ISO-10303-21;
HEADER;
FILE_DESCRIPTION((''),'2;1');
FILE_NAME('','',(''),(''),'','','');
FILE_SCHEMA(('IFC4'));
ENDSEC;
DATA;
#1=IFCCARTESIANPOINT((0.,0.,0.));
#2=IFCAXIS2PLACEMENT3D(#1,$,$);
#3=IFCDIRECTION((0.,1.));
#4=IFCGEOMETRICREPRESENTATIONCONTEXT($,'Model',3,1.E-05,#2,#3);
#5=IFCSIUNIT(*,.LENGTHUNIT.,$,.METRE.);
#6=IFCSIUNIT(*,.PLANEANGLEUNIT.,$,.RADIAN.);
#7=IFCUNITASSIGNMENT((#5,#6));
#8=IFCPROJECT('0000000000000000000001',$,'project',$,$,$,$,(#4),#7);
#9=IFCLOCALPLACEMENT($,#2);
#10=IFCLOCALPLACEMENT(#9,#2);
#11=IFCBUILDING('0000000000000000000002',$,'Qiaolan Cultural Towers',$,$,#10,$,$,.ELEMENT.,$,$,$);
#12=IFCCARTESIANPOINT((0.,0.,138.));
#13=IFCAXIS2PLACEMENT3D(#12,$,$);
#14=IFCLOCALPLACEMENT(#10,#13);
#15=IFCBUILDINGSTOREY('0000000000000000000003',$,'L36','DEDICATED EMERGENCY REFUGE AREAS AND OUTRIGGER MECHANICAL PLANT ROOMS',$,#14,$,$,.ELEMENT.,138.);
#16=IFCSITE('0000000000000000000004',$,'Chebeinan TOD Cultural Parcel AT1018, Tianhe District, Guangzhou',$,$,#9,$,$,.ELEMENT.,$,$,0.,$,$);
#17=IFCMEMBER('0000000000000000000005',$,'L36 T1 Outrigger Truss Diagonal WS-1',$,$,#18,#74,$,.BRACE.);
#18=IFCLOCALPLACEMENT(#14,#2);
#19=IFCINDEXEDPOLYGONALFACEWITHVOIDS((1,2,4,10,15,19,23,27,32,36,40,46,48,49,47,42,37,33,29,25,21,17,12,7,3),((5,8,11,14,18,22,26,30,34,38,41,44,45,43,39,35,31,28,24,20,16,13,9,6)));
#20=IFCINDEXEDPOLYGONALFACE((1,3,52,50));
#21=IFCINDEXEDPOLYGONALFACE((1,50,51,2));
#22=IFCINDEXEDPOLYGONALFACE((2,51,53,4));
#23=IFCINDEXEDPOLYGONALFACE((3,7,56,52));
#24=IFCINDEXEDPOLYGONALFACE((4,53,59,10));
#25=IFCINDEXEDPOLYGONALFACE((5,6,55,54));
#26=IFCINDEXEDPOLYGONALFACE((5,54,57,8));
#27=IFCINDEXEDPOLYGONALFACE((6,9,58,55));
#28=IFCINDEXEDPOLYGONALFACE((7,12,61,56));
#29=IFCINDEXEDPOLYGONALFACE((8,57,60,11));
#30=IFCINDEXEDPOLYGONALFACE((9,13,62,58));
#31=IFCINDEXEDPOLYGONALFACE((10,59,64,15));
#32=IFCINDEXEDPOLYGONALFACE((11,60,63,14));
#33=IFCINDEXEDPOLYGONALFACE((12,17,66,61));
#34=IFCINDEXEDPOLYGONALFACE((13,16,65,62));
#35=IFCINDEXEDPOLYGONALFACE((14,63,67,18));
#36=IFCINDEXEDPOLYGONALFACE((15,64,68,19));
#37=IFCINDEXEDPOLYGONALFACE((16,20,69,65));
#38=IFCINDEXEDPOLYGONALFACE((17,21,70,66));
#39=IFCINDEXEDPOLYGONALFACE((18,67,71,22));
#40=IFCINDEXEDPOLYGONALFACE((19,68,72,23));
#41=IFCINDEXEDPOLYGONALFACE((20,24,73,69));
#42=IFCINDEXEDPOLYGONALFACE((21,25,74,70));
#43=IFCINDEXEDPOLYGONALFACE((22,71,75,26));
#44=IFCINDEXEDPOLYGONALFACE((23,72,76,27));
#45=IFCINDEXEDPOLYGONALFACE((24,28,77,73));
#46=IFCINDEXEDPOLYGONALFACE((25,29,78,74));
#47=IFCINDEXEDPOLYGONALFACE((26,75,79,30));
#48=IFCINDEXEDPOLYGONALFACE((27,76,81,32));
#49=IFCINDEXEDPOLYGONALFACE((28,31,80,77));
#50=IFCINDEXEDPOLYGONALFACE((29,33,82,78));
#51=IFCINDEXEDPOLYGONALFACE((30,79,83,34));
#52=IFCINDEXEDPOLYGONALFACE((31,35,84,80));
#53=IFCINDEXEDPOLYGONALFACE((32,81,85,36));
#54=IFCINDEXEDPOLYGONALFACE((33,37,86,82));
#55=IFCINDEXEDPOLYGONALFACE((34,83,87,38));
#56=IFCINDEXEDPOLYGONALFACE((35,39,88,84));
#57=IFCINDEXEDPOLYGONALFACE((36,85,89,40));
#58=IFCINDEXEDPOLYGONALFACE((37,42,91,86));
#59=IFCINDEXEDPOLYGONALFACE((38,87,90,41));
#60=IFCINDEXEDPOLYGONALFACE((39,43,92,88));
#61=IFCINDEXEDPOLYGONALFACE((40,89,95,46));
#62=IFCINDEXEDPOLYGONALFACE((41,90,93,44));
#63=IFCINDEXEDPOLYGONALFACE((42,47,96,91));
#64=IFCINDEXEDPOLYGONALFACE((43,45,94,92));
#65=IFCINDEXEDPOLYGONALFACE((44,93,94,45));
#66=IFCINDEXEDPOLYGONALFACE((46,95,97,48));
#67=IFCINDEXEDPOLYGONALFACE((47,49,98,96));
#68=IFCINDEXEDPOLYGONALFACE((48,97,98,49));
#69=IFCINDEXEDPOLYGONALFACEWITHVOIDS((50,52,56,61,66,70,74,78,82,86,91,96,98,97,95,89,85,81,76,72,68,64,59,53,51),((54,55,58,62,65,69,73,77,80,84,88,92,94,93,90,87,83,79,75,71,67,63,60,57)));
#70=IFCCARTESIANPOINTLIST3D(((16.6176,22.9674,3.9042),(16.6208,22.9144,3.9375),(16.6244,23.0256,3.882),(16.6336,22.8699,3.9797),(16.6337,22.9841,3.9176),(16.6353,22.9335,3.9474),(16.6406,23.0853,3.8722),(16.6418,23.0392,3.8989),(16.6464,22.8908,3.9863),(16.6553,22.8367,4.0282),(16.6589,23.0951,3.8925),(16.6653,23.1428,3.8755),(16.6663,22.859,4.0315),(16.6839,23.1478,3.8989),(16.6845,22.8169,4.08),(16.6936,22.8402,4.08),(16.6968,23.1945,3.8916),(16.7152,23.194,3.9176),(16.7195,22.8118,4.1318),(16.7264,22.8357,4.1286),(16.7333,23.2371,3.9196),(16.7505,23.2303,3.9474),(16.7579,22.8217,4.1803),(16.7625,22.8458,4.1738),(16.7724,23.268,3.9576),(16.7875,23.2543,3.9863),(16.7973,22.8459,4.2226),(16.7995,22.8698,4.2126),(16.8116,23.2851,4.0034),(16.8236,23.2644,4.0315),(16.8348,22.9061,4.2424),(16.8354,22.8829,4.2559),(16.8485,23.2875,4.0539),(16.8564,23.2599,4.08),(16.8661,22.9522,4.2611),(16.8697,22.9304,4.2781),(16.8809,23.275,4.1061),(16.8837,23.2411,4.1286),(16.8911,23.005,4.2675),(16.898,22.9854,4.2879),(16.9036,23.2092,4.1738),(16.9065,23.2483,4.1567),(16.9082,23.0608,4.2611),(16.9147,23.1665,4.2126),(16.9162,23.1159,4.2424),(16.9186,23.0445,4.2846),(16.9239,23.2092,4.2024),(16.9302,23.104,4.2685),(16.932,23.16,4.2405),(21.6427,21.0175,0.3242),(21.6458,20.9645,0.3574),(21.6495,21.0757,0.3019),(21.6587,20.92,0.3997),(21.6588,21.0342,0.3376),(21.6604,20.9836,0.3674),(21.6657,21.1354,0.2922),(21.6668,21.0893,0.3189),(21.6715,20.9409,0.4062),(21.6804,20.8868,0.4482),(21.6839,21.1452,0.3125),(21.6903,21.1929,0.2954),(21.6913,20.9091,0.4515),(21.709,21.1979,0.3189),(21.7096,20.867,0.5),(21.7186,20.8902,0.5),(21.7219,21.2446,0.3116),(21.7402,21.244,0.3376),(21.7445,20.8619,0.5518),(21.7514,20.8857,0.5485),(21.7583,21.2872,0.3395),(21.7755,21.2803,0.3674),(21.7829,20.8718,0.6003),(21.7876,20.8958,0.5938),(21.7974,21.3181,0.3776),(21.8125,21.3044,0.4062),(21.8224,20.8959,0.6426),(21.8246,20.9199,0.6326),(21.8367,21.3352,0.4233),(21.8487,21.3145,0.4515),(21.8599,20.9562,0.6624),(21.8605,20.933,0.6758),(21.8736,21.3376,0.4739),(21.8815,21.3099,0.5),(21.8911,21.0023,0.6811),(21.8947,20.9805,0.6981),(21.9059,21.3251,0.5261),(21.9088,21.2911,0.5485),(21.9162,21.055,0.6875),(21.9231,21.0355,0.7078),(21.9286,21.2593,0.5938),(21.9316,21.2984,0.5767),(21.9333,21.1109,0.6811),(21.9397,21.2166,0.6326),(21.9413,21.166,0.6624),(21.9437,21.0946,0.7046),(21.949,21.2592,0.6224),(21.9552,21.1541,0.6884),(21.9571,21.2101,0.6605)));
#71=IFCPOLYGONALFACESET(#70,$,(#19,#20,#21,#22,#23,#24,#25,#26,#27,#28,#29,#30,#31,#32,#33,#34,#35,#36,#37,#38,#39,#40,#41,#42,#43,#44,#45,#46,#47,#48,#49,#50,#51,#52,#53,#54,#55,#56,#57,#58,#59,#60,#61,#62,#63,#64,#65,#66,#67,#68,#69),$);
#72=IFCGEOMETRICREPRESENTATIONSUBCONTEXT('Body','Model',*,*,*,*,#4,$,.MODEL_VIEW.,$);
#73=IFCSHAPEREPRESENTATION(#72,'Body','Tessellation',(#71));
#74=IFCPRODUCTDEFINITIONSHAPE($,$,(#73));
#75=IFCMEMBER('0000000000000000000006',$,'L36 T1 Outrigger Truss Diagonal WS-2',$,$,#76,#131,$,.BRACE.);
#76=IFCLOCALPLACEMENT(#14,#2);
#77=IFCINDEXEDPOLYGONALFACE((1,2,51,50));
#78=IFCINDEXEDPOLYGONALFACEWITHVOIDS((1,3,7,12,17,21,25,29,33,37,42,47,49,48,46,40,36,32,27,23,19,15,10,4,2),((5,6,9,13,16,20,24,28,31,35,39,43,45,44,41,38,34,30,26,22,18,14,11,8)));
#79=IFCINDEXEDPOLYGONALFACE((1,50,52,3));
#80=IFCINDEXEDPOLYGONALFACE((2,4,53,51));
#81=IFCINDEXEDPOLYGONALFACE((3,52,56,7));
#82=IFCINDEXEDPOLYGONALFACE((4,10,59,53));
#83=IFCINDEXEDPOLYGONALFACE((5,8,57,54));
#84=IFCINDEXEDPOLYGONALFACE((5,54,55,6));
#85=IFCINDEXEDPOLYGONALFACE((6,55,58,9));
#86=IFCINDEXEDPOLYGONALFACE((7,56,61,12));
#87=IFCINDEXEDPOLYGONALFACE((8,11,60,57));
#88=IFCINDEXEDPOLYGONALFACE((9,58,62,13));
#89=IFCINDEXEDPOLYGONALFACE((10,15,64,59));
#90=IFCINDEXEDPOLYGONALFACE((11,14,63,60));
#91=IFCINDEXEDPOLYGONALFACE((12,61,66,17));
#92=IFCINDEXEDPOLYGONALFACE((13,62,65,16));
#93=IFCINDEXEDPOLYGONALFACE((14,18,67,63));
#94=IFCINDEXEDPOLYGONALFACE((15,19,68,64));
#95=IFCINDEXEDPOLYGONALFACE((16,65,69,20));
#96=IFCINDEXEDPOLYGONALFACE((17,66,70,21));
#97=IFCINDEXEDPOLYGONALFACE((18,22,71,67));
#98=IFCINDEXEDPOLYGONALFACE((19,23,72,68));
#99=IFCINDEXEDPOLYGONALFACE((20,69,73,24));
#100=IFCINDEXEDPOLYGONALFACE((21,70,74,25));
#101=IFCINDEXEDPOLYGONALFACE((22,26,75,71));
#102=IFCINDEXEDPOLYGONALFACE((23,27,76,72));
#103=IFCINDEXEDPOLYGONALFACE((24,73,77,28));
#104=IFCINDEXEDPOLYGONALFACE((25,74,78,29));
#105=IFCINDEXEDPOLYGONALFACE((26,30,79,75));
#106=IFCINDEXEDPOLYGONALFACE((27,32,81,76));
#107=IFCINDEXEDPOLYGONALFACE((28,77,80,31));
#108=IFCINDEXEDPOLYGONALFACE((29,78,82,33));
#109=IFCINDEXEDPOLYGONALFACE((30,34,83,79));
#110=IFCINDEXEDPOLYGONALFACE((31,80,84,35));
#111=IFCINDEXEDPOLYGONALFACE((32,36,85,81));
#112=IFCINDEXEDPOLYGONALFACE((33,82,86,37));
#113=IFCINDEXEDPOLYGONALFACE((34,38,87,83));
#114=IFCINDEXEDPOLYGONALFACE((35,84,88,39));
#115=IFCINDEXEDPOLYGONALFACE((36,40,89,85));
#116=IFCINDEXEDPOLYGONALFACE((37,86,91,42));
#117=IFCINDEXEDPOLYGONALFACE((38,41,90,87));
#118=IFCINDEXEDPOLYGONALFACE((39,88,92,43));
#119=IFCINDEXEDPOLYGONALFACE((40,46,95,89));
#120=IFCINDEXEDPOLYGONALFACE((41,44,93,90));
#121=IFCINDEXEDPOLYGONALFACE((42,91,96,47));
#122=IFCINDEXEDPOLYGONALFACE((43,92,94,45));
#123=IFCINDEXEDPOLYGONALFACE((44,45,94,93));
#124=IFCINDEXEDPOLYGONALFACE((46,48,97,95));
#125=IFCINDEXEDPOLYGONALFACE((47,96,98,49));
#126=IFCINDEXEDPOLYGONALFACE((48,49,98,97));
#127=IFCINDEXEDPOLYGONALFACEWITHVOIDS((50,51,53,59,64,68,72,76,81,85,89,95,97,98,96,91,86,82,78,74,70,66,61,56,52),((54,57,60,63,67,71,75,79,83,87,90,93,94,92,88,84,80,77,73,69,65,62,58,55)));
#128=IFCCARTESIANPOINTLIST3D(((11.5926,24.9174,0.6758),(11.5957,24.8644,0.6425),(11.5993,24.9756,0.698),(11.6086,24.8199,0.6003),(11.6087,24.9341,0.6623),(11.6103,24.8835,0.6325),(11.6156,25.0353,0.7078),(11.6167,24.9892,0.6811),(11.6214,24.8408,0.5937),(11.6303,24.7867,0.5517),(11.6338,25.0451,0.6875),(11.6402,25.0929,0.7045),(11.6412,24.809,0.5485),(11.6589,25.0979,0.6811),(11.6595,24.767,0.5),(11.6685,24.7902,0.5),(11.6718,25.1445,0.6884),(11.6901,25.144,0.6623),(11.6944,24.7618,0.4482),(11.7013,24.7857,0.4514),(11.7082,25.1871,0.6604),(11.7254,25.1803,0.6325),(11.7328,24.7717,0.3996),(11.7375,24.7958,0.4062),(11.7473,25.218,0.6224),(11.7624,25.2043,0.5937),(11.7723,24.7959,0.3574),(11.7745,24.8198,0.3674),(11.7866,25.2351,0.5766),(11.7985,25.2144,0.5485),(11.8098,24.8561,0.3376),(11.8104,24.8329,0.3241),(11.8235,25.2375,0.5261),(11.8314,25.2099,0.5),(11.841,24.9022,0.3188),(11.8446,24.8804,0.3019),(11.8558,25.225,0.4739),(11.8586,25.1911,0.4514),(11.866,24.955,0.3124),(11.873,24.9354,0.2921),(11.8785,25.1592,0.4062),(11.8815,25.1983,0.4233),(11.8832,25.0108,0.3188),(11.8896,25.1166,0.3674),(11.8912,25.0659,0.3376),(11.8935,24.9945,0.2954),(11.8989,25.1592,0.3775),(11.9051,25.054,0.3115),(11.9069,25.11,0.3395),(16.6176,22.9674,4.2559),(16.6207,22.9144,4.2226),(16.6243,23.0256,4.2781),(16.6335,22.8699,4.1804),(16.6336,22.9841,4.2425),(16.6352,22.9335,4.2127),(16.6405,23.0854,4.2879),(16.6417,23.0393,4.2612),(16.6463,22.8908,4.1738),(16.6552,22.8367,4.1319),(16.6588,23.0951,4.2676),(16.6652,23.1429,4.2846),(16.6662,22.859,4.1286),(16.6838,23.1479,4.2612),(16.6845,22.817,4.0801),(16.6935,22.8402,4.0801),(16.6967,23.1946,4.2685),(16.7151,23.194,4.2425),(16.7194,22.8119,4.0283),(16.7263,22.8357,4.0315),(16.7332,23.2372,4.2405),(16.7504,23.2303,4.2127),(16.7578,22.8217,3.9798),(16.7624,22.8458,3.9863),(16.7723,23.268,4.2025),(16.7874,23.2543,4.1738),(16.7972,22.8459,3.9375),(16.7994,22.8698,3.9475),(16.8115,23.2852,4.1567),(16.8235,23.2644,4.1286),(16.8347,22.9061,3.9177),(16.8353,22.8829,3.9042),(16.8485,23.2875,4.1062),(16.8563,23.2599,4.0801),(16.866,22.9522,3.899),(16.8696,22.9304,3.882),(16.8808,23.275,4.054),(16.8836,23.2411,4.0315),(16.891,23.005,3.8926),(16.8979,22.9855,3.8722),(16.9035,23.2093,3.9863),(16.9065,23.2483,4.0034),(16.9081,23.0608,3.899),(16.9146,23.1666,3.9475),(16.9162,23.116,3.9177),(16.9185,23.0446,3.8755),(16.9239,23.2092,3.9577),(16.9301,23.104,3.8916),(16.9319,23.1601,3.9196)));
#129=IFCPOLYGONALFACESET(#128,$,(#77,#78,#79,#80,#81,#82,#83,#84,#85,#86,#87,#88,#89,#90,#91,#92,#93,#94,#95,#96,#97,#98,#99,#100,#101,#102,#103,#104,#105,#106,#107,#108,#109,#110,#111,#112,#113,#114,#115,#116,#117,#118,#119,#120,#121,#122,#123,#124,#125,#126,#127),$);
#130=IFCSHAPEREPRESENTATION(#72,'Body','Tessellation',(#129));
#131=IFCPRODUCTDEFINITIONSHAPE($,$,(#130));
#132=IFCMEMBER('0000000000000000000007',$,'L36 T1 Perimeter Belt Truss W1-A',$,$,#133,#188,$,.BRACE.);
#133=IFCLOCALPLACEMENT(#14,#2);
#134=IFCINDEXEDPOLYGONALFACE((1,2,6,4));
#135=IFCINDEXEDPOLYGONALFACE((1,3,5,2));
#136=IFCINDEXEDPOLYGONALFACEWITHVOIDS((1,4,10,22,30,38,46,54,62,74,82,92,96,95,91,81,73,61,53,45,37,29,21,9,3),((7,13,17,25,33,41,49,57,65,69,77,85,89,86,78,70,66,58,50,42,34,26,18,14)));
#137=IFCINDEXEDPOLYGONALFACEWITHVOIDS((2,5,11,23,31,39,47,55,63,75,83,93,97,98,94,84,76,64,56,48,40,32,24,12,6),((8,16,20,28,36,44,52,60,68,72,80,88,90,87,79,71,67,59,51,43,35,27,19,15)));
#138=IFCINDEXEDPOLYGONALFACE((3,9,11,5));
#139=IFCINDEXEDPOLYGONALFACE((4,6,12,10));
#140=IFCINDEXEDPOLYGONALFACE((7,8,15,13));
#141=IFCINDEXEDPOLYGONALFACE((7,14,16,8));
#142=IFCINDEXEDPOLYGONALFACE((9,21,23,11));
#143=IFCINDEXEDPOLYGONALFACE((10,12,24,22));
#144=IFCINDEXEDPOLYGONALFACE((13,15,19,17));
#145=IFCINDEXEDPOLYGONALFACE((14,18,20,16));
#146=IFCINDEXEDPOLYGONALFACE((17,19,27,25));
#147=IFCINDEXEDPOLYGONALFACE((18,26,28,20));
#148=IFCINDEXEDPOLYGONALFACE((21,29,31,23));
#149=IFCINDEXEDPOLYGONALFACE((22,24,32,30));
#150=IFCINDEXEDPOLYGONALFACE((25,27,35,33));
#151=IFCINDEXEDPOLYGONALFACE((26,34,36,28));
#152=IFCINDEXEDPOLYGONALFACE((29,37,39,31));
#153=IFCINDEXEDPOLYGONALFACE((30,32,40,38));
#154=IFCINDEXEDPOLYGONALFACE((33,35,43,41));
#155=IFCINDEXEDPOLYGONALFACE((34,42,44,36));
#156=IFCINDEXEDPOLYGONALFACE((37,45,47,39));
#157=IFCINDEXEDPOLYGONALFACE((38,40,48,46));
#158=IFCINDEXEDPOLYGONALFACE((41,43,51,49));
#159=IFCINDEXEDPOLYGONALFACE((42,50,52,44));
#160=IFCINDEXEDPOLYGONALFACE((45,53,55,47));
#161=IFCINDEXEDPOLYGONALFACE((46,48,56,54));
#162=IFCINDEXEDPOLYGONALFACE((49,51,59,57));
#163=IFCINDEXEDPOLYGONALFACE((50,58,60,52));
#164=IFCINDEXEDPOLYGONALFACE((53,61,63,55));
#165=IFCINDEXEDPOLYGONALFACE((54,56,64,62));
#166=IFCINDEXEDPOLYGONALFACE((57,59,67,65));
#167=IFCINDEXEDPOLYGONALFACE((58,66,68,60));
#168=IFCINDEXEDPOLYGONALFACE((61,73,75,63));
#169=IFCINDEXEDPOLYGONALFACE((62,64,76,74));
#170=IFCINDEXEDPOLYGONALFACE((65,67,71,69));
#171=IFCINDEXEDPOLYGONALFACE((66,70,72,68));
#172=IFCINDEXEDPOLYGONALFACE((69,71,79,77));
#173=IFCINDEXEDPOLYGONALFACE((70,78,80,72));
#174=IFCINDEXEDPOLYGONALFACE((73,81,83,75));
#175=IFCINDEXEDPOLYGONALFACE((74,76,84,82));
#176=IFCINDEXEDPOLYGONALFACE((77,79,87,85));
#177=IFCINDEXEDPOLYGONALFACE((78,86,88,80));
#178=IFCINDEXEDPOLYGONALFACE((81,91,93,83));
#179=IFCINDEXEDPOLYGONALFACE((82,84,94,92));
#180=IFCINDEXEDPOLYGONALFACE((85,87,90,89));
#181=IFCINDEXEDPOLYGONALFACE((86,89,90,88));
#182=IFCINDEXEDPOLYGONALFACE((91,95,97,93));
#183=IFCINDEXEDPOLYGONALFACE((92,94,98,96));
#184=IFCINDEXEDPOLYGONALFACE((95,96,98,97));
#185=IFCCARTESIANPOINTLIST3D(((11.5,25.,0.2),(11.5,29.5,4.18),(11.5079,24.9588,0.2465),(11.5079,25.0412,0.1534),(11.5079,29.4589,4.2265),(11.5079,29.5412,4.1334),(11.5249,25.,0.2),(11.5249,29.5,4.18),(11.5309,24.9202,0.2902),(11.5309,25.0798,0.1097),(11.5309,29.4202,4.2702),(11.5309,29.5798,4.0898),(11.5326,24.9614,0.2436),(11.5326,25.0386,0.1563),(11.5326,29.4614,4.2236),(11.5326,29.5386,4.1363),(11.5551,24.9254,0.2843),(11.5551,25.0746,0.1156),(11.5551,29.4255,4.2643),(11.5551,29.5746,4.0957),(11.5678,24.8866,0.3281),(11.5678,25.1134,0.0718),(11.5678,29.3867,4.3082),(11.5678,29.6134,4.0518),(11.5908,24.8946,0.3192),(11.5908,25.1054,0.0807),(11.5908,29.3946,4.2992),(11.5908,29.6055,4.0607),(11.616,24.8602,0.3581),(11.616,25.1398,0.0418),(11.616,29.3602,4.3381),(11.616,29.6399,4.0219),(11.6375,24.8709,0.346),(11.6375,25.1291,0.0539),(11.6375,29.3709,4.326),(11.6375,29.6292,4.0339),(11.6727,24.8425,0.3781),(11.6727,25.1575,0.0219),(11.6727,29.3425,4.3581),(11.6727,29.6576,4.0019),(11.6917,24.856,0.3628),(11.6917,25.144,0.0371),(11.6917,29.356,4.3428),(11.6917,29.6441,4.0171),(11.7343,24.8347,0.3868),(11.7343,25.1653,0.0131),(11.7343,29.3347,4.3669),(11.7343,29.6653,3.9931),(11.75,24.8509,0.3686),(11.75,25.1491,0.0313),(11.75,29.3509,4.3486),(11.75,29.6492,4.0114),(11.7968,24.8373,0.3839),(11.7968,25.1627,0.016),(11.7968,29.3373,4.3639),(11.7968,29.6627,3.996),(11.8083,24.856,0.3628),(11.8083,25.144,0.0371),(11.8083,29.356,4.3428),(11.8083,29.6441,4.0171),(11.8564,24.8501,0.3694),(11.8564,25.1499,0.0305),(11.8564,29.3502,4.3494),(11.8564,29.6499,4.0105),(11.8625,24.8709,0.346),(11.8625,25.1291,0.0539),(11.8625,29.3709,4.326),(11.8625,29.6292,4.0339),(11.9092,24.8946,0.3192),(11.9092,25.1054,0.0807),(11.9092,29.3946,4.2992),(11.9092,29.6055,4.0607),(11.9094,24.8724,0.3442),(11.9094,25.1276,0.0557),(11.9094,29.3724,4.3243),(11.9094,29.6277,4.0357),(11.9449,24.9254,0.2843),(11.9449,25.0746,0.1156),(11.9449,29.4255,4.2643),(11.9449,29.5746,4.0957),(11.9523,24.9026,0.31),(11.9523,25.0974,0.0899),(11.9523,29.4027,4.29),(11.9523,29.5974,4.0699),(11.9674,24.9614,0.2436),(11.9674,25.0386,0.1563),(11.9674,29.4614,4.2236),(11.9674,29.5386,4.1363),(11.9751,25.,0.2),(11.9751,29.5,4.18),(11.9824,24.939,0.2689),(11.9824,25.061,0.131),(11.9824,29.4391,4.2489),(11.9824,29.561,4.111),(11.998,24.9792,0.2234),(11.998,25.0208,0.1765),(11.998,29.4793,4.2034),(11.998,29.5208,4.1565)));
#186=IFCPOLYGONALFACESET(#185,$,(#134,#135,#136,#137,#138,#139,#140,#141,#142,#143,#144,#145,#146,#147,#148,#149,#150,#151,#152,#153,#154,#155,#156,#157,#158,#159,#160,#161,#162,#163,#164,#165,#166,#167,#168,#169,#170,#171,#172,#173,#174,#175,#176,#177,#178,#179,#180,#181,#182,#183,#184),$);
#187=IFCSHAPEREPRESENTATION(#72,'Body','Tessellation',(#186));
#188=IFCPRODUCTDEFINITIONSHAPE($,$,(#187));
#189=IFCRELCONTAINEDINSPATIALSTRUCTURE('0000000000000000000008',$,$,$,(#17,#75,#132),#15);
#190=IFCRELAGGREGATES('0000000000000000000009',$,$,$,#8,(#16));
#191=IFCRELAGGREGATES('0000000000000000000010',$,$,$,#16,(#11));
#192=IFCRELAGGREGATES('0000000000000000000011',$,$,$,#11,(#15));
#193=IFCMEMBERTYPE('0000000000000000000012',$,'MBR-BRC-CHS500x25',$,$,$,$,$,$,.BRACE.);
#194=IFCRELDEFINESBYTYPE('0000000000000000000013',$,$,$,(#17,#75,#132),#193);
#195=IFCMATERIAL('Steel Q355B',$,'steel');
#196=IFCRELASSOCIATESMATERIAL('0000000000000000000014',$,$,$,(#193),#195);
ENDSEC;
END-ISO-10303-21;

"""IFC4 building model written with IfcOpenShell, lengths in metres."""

from ifc_helpers import new_model, si_unit, direction, frame, origin, origin_2d, place, context, subcontext, project, spatial, hollow_circle, extrude, material, material_profile, profile_set, type_object, element, save


model = new_model("IFC4")

# Units and contexts
model_context = context("Model", 3, precision=1e-05, world=origin(), true_north=direction((0.0, 1.0)))
body_context = subcontext(model_context, "Body", "Model", "MODEL_VIEW")
ifc_project = project(units=[si_unit("LENGTHUNIT", "METRE"), si_unit("PLANEANGLEUNIT", "RADIAN")], contexts=[model_context])

# Site, building, storey
site_placement = place(None, origin())
site = spatial("IfcSite", under=ifc_project, at=site_placement, Name="Chebeinan TOD Cultural Parcel AT1018, Tianhe District, Guangzhou", CompositionType="ELEMENT", RefElevation=0.0)
building_placement = place(site_placement, origin())
building = spatial("IfcBuilding", under=site, at=building_placement, Name="Qiaolan Cultural Towers", CompositionType="ELEMENT")
storey_placement = place(building_placement, frame((0.0, 0.0, 138.0)))
storey = spatial("IfcBuildingStorey", under=building, at=storey_placement, Name="L36", Description="DEDICATED EMERGENCY REFUGE AREAS AND OUTRIGGER MECHANICAL PLANT ROOMS", CompositionType="ELEMENT", Elevation=138.0)

# Members
ifc_material_1 = material(Name="Steel Q355B", Category="steel")
ifc_material_profile_1 = material_profile(ifc_material_1, hollow_circle(Radius=0.25, WallThickness=0.0249, at=origin_2d()), Name="CHS500x25")
ifc_profile_set_1 = profile_set([ifc_material_profile_1], Name="Steel Q355B")
member_type_1 = type_object("IfcMemberType", Name="MBR-BRC-CHS500x25", PredefinedType="BRACE", material=ifc_profile_set_1)
for number, where, z_axis, x_axis, name in (
    (1, (21.8, 21.1001, 0.5), (-0.776587, 0.301346, 0.553266), (-0.361758, -0.932272, 0.0), "L36 T1 Outrigger Truss Diagonal WS-1"),
    (2, (16.7749, 23.05, 4.0801), (-0.776572, 0.301355, -0.553282), (-0.361773, -0.932266, 0.0), "L36 T1 Outrigger Truss Diagonal WS-2"),
):
    element("IfcMember", number, at=place(storey_placement, frame(where, z_axis=z_axis, x_axis=x_axis)), inside=storey, type_object=member_type_1, Name=name, PredefinedType="BRACE", context=body_context, shape_type="SweptSolid", body=[
        extrude(hollow_circle(Radius=0.25, WallThickness=0.0249, at=origin_2d()), origin(), (0.0, 0.0, 1.0), 6.4707),
    ])
for number, where, z_axis, x_axis, name in (
    (3, (11.75, 25.0, 0.2), (0.0, 0.749062, 0.6625), (-1.0, 0.0, 0.0), "L36 T1 Perimeter Belt Truss W1-A"),
):
    element("IfcMember", number, at=place(storey_placement, frame(where, z_axis=z_axis, x_axis=x_axis)), inside=storey, type_object=member_type_1, Name=name, PredefinedType="BRACE", context=body_context, shape_type="SweptSolid", body=[
        extrude(hollow_circle(Radius=0.25, WallThickness=0.0249, at=origin_2d()), origin(), (0.0, 0.0, 1.0), 6.0076),
    ])

save(model, "model.ifc")
